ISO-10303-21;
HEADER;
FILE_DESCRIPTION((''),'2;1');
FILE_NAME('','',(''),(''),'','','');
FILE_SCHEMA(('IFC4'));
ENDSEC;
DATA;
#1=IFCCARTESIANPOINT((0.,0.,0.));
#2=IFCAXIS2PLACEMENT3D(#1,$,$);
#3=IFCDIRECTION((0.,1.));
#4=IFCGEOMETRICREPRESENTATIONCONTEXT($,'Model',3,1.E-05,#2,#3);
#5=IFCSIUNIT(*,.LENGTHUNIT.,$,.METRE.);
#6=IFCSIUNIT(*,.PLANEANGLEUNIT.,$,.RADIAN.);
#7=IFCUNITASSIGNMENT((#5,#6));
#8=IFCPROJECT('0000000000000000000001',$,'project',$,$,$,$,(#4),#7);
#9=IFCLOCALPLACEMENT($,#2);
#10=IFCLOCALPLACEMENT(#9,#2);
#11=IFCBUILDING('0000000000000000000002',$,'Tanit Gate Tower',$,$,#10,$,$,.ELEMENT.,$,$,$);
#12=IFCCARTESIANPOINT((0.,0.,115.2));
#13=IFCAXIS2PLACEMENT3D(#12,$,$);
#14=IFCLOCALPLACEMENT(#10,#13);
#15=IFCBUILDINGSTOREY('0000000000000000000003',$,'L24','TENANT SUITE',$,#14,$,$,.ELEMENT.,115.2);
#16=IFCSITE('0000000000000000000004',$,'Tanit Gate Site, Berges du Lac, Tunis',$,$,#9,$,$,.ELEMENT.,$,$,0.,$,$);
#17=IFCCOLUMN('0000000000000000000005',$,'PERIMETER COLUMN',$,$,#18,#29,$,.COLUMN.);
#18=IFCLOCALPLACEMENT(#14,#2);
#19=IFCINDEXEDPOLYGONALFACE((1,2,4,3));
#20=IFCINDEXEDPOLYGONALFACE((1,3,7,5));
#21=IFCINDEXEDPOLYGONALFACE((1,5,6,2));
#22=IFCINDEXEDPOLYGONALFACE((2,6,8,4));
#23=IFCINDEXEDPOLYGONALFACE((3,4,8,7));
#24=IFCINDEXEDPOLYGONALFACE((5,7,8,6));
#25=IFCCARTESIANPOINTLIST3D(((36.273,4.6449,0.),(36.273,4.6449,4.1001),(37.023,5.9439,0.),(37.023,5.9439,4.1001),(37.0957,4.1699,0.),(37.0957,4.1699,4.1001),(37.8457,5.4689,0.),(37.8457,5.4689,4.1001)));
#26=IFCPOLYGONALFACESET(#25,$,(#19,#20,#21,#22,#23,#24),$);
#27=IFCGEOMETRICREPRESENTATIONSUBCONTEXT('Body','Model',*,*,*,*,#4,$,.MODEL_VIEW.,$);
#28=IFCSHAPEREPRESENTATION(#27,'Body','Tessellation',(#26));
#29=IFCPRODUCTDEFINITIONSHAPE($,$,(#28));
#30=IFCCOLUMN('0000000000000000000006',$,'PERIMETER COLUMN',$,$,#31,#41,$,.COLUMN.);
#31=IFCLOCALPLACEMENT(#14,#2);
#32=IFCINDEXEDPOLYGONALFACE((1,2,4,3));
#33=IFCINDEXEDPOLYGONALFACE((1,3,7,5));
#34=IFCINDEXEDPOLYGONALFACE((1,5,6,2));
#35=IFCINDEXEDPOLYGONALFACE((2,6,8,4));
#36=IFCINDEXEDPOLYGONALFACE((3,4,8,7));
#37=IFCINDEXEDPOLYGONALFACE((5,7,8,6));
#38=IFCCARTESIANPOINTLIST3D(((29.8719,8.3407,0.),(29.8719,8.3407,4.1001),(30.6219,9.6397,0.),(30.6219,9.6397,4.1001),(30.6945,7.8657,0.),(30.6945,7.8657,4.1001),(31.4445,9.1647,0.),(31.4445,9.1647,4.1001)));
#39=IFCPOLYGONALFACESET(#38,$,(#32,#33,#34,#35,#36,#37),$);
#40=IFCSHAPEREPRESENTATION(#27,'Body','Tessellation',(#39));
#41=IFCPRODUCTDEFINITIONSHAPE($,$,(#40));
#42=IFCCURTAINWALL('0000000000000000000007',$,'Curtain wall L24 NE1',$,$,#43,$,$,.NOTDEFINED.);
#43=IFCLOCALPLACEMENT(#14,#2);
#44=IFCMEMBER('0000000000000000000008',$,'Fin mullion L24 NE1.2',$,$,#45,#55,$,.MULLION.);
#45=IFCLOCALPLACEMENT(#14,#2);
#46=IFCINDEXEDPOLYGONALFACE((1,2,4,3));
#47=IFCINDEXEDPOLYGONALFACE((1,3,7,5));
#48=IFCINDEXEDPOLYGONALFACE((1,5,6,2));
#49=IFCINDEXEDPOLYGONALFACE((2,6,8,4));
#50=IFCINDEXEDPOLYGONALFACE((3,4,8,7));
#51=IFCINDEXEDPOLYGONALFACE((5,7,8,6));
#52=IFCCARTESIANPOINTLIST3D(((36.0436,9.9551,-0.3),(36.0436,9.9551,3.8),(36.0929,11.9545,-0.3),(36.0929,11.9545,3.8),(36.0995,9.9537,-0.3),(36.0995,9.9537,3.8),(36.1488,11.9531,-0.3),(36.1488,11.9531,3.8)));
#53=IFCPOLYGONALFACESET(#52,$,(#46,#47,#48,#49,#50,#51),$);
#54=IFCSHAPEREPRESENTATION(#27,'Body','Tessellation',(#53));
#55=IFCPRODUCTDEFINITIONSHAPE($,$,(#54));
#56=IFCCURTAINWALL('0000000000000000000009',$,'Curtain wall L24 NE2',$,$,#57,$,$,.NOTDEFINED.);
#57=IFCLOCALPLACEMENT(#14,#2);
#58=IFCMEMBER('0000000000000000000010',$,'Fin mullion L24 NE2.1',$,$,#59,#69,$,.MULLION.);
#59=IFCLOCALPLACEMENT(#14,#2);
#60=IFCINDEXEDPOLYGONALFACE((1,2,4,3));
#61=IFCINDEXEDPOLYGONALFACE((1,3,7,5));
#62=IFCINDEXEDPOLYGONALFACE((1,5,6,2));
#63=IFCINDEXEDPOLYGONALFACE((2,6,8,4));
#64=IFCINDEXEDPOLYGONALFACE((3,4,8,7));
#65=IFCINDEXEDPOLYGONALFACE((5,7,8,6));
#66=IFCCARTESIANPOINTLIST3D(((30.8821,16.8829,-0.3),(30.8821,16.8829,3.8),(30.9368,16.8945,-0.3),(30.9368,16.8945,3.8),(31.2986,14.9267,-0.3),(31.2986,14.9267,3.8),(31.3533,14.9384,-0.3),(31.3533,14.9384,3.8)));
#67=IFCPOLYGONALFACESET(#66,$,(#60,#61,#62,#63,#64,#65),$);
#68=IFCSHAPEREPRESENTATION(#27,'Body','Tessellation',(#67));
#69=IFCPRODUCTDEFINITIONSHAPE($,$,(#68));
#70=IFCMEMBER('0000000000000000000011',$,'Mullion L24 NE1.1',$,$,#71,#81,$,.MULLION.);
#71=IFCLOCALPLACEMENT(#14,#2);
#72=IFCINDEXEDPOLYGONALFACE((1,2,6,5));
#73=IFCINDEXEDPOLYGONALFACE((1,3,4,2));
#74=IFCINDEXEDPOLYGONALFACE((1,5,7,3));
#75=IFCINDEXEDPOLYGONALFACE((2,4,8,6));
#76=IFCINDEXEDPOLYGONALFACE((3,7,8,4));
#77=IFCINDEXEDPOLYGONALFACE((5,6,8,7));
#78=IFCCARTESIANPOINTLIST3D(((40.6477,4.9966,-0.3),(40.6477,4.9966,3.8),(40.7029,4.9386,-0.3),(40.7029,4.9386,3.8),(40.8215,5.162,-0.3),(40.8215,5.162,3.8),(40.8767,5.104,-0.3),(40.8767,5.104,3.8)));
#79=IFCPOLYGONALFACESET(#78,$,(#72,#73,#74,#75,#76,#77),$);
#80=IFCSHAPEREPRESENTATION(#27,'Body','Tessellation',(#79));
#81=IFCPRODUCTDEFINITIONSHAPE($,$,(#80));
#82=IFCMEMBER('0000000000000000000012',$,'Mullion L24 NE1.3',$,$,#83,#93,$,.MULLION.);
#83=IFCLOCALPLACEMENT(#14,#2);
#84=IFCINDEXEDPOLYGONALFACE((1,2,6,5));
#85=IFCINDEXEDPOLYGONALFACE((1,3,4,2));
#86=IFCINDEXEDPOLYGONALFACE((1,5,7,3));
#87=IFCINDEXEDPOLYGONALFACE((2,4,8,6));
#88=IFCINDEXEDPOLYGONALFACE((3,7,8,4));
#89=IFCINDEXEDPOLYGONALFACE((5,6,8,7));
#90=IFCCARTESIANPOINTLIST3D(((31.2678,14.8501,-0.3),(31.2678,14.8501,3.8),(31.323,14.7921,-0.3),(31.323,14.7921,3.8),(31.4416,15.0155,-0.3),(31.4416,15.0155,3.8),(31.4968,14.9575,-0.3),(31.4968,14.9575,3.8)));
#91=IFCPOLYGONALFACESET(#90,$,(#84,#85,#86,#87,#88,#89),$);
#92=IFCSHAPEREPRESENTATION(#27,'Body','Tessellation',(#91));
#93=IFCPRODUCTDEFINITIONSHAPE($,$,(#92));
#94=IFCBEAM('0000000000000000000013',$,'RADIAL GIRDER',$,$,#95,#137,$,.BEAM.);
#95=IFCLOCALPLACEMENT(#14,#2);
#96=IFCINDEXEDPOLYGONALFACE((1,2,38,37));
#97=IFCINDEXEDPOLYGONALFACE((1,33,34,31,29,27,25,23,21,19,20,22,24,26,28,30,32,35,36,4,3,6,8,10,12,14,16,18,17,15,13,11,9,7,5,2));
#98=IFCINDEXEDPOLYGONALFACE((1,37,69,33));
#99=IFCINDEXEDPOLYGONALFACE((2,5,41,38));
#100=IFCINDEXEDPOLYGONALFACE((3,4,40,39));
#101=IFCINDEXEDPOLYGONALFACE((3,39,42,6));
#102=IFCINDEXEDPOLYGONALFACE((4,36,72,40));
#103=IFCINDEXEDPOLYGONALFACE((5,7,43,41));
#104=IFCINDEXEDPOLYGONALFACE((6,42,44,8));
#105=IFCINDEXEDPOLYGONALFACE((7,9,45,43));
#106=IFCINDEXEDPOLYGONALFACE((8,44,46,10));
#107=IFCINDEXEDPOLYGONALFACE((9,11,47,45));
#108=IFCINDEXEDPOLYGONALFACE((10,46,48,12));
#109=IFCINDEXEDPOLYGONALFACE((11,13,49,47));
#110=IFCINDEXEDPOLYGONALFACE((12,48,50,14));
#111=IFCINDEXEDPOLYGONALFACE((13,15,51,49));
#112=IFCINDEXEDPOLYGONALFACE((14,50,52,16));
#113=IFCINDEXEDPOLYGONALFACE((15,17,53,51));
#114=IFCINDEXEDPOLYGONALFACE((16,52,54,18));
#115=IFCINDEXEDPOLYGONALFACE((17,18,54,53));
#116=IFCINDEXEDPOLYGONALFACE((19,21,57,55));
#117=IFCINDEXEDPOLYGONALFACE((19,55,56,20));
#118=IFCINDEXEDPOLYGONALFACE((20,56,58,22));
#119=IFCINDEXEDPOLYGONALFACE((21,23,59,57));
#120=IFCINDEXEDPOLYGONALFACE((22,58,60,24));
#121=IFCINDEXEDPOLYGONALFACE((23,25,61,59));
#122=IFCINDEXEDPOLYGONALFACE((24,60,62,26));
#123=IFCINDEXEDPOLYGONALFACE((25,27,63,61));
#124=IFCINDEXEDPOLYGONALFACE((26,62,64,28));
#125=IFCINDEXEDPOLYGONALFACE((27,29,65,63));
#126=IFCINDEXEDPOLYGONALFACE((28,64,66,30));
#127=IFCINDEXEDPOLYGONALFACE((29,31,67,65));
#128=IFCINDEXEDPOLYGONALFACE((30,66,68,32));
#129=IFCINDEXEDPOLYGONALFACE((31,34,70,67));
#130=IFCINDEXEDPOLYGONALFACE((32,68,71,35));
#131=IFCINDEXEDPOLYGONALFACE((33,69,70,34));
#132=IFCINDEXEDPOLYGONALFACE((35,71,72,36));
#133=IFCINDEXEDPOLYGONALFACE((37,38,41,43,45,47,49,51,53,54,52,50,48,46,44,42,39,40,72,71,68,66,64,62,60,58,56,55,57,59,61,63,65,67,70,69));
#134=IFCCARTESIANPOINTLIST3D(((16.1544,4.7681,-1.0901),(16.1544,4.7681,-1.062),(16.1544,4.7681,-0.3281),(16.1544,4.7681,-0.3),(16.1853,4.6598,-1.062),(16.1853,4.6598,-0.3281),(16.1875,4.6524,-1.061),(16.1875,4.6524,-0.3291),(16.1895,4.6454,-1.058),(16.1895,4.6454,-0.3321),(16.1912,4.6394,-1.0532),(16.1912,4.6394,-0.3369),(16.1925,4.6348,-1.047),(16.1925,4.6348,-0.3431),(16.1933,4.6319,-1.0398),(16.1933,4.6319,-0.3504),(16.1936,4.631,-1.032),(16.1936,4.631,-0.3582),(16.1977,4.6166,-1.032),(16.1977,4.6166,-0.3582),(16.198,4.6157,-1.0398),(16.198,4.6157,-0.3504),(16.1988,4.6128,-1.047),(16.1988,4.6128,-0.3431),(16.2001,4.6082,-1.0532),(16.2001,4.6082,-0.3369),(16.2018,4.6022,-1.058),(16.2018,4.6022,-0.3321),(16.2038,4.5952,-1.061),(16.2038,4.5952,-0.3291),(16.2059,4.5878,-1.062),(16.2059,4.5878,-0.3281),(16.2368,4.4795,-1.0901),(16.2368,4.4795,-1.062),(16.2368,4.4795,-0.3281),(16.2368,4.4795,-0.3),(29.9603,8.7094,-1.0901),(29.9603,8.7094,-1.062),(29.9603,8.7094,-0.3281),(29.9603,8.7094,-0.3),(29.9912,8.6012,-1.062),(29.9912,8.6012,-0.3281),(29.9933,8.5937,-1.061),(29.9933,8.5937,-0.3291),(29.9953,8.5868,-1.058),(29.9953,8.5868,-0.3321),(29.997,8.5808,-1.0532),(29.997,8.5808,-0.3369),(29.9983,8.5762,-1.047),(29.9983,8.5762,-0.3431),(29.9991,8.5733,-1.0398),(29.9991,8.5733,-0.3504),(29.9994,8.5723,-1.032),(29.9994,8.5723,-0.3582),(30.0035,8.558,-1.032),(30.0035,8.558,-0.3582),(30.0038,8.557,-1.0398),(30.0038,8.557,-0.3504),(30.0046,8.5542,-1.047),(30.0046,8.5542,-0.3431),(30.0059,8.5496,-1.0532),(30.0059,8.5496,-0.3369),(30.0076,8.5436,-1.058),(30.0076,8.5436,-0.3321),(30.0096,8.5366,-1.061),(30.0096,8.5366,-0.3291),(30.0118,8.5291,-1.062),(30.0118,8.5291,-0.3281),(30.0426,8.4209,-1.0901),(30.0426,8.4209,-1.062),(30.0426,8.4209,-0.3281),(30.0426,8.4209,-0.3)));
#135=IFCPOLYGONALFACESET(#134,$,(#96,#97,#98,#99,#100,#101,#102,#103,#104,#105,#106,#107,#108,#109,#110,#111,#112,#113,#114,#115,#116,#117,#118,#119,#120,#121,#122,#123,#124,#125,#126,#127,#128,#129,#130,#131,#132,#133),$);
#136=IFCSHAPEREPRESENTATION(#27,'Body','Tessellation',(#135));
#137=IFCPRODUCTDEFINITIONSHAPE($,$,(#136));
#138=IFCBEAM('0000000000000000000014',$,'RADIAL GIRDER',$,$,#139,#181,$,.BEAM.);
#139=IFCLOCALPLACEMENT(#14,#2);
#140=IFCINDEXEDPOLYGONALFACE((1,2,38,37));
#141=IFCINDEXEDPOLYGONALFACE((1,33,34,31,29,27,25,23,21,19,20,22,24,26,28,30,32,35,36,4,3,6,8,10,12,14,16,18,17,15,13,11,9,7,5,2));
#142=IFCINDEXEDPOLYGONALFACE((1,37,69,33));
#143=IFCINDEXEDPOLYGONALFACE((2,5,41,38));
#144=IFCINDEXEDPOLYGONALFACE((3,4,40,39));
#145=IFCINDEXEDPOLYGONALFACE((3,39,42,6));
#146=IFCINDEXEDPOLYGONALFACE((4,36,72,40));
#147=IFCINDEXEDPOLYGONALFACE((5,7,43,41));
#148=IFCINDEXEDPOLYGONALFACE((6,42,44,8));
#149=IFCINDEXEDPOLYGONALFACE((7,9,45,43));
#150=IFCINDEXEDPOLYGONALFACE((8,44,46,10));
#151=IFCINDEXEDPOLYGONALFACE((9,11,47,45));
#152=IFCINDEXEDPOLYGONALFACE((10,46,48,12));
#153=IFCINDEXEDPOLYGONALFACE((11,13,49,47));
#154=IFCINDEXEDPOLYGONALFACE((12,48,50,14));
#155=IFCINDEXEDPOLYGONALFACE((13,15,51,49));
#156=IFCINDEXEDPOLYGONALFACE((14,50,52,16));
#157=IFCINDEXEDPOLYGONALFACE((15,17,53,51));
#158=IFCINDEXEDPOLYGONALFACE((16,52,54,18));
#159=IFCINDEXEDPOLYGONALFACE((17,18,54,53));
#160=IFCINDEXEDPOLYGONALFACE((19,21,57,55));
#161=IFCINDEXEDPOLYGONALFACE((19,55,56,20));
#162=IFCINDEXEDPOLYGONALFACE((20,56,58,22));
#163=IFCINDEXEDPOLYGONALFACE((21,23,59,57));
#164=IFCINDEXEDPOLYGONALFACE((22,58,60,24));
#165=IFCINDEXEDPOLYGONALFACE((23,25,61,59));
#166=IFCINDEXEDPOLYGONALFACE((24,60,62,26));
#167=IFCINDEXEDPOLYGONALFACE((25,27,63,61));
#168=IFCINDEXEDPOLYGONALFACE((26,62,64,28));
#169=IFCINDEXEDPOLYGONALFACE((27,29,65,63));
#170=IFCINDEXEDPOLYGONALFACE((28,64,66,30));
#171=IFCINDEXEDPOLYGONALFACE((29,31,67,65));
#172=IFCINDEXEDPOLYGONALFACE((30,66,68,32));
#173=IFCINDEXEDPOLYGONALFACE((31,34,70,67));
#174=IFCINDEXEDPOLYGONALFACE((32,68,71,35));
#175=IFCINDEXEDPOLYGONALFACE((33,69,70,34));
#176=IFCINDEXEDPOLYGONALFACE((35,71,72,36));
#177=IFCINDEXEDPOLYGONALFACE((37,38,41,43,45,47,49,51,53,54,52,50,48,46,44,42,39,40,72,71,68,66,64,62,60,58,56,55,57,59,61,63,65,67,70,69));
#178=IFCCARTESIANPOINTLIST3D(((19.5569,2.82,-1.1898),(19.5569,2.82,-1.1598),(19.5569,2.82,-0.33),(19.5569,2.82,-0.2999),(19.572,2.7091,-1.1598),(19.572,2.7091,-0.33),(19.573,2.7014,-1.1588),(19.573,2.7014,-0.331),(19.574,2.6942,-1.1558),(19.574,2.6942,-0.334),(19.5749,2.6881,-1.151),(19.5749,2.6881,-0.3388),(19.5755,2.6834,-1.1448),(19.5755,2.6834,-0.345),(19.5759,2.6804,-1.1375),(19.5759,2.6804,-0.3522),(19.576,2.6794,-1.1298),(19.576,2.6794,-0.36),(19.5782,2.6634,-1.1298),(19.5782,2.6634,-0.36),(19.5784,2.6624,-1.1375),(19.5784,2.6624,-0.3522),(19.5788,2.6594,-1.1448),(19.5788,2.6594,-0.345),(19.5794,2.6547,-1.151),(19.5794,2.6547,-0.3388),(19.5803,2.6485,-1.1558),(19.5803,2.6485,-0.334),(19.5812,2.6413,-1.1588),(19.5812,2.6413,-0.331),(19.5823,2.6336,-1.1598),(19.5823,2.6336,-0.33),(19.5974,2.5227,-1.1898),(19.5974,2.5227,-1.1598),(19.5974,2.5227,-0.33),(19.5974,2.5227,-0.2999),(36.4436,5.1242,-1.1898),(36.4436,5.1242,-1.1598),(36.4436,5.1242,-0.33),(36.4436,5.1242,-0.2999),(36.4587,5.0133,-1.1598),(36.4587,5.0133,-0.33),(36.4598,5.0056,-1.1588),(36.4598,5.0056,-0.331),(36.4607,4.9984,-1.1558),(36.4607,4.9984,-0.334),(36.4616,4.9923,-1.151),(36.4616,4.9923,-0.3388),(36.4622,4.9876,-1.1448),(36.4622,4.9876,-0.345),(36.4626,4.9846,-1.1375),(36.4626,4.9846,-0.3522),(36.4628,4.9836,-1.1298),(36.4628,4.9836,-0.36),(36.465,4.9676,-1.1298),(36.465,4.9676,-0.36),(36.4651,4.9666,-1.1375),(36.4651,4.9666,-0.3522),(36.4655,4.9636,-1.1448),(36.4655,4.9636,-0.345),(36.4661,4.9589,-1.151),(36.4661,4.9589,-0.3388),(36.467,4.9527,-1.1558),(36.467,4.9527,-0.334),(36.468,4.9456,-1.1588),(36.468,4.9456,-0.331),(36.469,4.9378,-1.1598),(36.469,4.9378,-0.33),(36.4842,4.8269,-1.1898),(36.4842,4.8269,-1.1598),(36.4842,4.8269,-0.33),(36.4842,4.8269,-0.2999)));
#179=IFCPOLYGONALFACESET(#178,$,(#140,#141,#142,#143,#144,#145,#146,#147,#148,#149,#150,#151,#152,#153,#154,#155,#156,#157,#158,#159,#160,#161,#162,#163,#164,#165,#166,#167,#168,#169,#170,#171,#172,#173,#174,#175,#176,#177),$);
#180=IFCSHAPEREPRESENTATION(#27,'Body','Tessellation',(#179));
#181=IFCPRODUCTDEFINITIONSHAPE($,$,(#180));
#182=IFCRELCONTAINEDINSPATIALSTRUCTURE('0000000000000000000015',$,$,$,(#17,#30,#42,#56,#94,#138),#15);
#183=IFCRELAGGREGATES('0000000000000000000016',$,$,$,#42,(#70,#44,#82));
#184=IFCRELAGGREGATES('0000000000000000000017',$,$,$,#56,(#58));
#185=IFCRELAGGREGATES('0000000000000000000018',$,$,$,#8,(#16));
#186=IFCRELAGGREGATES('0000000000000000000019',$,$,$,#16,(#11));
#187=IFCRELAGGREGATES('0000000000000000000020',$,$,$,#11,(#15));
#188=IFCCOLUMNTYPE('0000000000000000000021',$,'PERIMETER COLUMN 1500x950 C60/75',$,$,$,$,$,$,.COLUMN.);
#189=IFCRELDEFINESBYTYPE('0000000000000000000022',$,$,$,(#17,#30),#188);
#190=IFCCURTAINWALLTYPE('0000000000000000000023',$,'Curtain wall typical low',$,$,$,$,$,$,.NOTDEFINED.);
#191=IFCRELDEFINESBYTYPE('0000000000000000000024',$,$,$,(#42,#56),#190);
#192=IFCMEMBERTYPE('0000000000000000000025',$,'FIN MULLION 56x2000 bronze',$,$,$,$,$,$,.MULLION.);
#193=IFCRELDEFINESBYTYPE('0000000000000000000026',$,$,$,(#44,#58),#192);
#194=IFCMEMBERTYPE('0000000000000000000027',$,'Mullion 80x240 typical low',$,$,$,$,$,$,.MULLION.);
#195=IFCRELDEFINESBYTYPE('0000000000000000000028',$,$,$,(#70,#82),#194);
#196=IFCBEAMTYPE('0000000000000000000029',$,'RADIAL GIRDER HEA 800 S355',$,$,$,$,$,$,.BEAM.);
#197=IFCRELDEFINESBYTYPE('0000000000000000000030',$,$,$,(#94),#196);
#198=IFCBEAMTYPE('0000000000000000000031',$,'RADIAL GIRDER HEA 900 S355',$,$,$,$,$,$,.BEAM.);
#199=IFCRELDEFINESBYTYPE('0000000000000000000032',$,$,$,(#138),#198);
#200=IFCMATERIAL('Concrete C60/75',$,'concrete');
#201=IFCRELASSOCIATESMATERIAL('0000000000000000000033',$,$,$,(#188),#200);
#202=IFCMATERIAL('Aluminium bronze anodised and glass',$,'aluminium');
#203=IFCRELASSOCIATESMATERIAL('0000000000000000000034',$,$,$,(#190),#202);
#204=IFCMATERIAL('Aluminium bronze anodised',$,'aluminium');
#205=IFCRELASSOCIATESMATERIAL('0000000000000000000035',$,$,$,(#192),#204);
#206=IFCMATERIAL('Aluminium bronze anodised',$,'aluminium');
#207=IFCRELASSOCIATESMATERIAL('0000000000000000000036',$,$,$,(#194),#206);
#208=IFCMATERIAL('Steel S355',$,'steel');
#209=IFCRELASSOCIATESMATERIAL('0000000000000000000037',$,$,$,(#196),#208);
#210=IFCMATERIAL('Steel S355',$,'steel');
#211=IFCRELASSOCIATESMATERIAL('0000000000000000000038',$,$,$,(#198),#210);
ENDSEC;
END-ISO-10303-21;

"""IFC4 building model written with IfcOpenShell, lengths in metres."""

from ifc_helpers import new_model, si_unit, direction, frame, origin, origin_2d, place, context, subcontext, project, spatial, rectangle, i_section, extrude, material, material_profile, profile_set, type_object, element, aggregate, save


model = new_model("IFC4")

# Units and contexts
model_context = context("Model", 3, precision=1e-05, world=origin(), true_north=direction((0.0, 1.0)))
body_context = subcontext(model_context, "Body", "Model", "MODEL_VIEW")
ifc_project = project(units=[si_unit("LENGTHUNIT", "METRE"), si_unit("PLANEANGLEUNIT", "RADIAN")], contexts=[model_context])

# Site, building, storey
site_placement = place(None, origin())
site = spatial("IfcSite", under=ifc_project, at=site_placement, Name="Tanit Gate Site, Berges du Lac, Tunis", CompositionType="ELEMENT", RefElevation=0.0)
building_placement = place(site_placement, origin())
building = spatial("IfcBuilding", under=site, at=building_placement, Name="Tanit Gate Tower", CompositionType="ELEMENT")
storey_placement = place(building_placement, frame((0.0, 0.0, 115.2)))
storey = spatial("IfcBuildingStorey", under=building, at=storey_placement, Name="L24", Description="TENANT SUITE", CompositionType="ELEMENT", Elevation=115.2)

# Columns
ifc_material_1 = material(Name="Concrete C60/75", Category="concrete")
ifc_material_profile_1 = material_profile(ifc_material_1, rectangle(XDim=1.5, YDim=0.95, at=origin_2d()), Name="RC 1500x950")
ifc_profile_set_1 = profile_set([ifc_material_profile_1], Name="Concrete C60/75")
column_type = type_object("IfcColumnType", Name="PERIMETER COLUMN 1500x950 C60/75", PredefinedType="COLUMN", material=ifc_profile_set_1)
for number, where, z_axis, x_axis, name in (
    (1, (37.0593, 5.0569, 0.0), (0.0, 0.0, 1.0), (0.5, 0.866025, 0.0), "PERIMETER COLUMN"),
    (2, (30.6582, 8.7527, 0.0), (0.0, 0.0, 1.0), (0.5, 0.866025, 0.0), "PERIMETER COLUMN"),
):
    element("IfcColumn", number, at=place(storey_placement, frame(where, z_axis=z_axis, x_axis=x_axis)), inside=storey, type_object=column_type, Name=name, PredefinedType="COLUMN", context=body_context, shape_type="SweptSolid", body=[
        extrude(rectangle(XDim=1.5, YDim=0.95, at=origin_2d()), origin(), (0.0, 0.0, 1.0), 4.1001),
    ])

# Curtain walls, members
ifc_material_2 = material(Name="Aluminium bronze anodised and glass", Category="aluminium")
curtain_wall_type = type_object("IfcCurtainWallType", Name="Curtain wall typical low", PredefinedType="NOTDEFINED", material=ifc_material_2)
curtain_wall_1_placement = place(storey_placement, origin())
curtain_wall_1 = element("IfcCurtainWall", 3, at=curtain_wall_1_placement, inside=storey, type_object=curtain_wall_type, Name="Curtain wall L24 NE1", PredefinedType="NOTDEFINED")
ifc_material_3 = material(Name="Aluminium bronze anodised", Category="aluminium")
ifc_material_profile_2 = material_profile(ifc_material_3, rectangle(XDim=2.0, YDim=0.0559, at=origin_2d()), Name="56x2000 bronze fin mullion")
ifc_profile_set_2 = profile_set([ifc_material_profile_2], Name="Aluminium bronze anodised")
member_type_1 = type_object("IfcMemberType", Name="FIN MULLION 56x2000 bronze", PredefinedType="MULLION", material=ifc_profile_set_2)
member_1_placement = place(storey_placement, frame((36.0962, 10.9541, -0.3), z_axis=(0.0, 0.0, 1.0), x_axis=(-0.024623, -0.999697, 0.0)))
member_1 = element("IfcMember", 4, at=member_1_placement, type_object=member_type_1, Name="Fin mullion L24 NE1.2", PredefinedType="MULLION", context=body_context, shape_type="SweptSolid", body=[
    extrude(rectangle(XDim=2.0, YDim=0.0559, at=origin_2d()), origin(), (0.0, 0.0, 1.0), 4.1001),
])
curtain_wall_2_placement = place(storey_placement, origin())
curtain_wall_2 = element("IfcCurtainWall", 5, at=curtain_wall_2_placement, inside=storey, type_object=curtain_wall_type, Name="Curtain wall L24 NE2", PredefinedType="NOTDEFINED")
member_2_placement = place(storey_placement, frame((31.1177, 15.9106, -0.3), z_axis=(0.0, 0.0, 1.0), x_axis=(0.208238, -0.978078, 0.0)))
member_2 = element("IfcMember", 6, at=member_2_placement, type_object=member_type_1, Name="Fin mullion L24 NE2.1", PredefinedType="MULLION", context=body_context, shape_type="SweptSolid", body=[
    extrude(rectangle(XDim=2.0, YDim=0.0559, at=origin_2d()), origin(), (0.0, 0.0, 1.0), 4.1001),
])

# Members
ifc_material_4 = material(Name="Aluminium bronze anodised", Category="aluminium")
ifc_material_profile_3 = material_profile(ifc_material_4, rectangle(XDim=0.24, YDim=0.0801, at=origin_2d()), Name="80x240 bronze mullion")
ifc_profile_set_3 = profile_set([ifc_material_profile_3], Name="Aluminium bronze anodised")
member_type_2 = type_object("IfcMemberType", Name="Mullion 80x240 typical low", PredefinedType="MULLION", material=ifc_profile_set_3)
member_3_placement = place(storey_placement, frame((40.7622, 5.0503, -0.3), z_axis=(0.0, 0.0, 1.0), x_axis=(-0.724304, -0.689481, 0.0)))
member_3 = element("IfcMember", 7, at=member_3_placement, type_object=member_type_2, Name="Mullion L24 NE1.1", PredefinedType="MULLION", context=body_context, shape_type="SweptSolid", body=[
    extrude(rectangle(XDim=0.24, YDim=0.0801, at=origin_2d()), origin(), (0.0, 0.0, 1.0), 4.1001),
])
member_4_placement = place(storey_placement, frame((31.3823, 14.9038, -0.3), z_axis=(0.0, 0.0, 1.0), x_axis=(-0.724304, -0.689481, 0.0)))
member_4 = element("IfcMember", 8, at=member_4_placement, type_object=member_type_2, Name="Mullion L24 NE1.3", PredefinedType="MULLION", context=body_context, shape_type="SweptSolid", body=[
    extrude(rectangle(XDim=0.24, YDim=0.0801, at=origin_2d()), origin(), (0.0, 0.0, 1.0), 4.1001),
])

# Beams
ifc_material_5 = material(Name="Steel S355", Category="steel")
ifc_material_profile_4 = material_profile(ifc_material_5, i_section(OverallWidth=0.3, OverallDepth=0.79, WebThickness=0.0149, FlangeThickness=0.0281, FilletRadius=0.03, at=origin_2d()), Name="HEA 800")
ifc_profile_set_4 = profile_set([ifc_material_profile_4], Name="Steel S355")
beam_type_1 = type_object("IfcBeamType", Name="RADIAL GIRDER HEA 800 S355", PredefinedType="BEAM", material=ifc_profile_set_4)
beam_1_placement = place(storey_placement, frame((30.0015, 8.5652, -0.6951), z_axis=(-0.961582, -0.274519, 0.0), x_axis=(0.274519, -0.961582, 0.0)))
element("IfcBeam", 9, at=beam_1_placement, inside=storey, type_object=beam_type_1, Name="RADIAL GIRDER", PredefinedType="BEAM", context=body_context, shape_type="SweptSolid", body=[
    extrude(i_section(OverallWidth=0.3, OverallDepth=0.79, WebThickness=0.0149, FlangeThickness=0.0281, FilletRadius=0.03, at=origin_2d()), origin(), (0.0, 0.0, 1.0), 14.3574),
])
ifc_material_6 = material(Name="Steel S355", Category="steel")
ifc_material_profile_5 = material_profile(ifc_material_6, i_section(OverallWidth=0.3, OverallDepth=0.8899, WebThickness=0.0161, FlangeThickness=0.03, FilletRadius=0.03, at=origin_2d()), Name="HEA 900")
ifc_profile_set_5 = profile_set([ifc_material_profile_5], Name="Steel S355")
beam_type_2 = type_object("IfcBeamType", Name="RADIAL GIRDER HEA 900 S355", PredefinedType="BEAM", material=ifc_profile_set_5)
beam_2_placement = place(storey_placement, frame((36.4639, 4.9756, -0.7449), z_axis=(-0.990819, -0.135198, 0.0), x_axis=(0.135198, -0.990819, 0.0)))
element("IfcBeam", 10, at=beam_2_placement, inside=storey, type_object=beam_type_2, Name="RADIAL GIRDER", PredefinedType="BEAM", context=body_context, shape_type="SweptSolid", body=[
    extrude(i_section(OverallWidth=0.3, OverallDepth=0.8899, WebThickness=0.0161, FlangeThickness=0.03, FilletRadius=0.03, at=origin_2d()), origin(), (0.0, 0.0, 1.0), 17.0432),
])

aggregate(curtain_wall_1, [member_3, member_1, member_4])
aggregate(curtain_wall_2, [member_2])

save(model, "model.ifc")
